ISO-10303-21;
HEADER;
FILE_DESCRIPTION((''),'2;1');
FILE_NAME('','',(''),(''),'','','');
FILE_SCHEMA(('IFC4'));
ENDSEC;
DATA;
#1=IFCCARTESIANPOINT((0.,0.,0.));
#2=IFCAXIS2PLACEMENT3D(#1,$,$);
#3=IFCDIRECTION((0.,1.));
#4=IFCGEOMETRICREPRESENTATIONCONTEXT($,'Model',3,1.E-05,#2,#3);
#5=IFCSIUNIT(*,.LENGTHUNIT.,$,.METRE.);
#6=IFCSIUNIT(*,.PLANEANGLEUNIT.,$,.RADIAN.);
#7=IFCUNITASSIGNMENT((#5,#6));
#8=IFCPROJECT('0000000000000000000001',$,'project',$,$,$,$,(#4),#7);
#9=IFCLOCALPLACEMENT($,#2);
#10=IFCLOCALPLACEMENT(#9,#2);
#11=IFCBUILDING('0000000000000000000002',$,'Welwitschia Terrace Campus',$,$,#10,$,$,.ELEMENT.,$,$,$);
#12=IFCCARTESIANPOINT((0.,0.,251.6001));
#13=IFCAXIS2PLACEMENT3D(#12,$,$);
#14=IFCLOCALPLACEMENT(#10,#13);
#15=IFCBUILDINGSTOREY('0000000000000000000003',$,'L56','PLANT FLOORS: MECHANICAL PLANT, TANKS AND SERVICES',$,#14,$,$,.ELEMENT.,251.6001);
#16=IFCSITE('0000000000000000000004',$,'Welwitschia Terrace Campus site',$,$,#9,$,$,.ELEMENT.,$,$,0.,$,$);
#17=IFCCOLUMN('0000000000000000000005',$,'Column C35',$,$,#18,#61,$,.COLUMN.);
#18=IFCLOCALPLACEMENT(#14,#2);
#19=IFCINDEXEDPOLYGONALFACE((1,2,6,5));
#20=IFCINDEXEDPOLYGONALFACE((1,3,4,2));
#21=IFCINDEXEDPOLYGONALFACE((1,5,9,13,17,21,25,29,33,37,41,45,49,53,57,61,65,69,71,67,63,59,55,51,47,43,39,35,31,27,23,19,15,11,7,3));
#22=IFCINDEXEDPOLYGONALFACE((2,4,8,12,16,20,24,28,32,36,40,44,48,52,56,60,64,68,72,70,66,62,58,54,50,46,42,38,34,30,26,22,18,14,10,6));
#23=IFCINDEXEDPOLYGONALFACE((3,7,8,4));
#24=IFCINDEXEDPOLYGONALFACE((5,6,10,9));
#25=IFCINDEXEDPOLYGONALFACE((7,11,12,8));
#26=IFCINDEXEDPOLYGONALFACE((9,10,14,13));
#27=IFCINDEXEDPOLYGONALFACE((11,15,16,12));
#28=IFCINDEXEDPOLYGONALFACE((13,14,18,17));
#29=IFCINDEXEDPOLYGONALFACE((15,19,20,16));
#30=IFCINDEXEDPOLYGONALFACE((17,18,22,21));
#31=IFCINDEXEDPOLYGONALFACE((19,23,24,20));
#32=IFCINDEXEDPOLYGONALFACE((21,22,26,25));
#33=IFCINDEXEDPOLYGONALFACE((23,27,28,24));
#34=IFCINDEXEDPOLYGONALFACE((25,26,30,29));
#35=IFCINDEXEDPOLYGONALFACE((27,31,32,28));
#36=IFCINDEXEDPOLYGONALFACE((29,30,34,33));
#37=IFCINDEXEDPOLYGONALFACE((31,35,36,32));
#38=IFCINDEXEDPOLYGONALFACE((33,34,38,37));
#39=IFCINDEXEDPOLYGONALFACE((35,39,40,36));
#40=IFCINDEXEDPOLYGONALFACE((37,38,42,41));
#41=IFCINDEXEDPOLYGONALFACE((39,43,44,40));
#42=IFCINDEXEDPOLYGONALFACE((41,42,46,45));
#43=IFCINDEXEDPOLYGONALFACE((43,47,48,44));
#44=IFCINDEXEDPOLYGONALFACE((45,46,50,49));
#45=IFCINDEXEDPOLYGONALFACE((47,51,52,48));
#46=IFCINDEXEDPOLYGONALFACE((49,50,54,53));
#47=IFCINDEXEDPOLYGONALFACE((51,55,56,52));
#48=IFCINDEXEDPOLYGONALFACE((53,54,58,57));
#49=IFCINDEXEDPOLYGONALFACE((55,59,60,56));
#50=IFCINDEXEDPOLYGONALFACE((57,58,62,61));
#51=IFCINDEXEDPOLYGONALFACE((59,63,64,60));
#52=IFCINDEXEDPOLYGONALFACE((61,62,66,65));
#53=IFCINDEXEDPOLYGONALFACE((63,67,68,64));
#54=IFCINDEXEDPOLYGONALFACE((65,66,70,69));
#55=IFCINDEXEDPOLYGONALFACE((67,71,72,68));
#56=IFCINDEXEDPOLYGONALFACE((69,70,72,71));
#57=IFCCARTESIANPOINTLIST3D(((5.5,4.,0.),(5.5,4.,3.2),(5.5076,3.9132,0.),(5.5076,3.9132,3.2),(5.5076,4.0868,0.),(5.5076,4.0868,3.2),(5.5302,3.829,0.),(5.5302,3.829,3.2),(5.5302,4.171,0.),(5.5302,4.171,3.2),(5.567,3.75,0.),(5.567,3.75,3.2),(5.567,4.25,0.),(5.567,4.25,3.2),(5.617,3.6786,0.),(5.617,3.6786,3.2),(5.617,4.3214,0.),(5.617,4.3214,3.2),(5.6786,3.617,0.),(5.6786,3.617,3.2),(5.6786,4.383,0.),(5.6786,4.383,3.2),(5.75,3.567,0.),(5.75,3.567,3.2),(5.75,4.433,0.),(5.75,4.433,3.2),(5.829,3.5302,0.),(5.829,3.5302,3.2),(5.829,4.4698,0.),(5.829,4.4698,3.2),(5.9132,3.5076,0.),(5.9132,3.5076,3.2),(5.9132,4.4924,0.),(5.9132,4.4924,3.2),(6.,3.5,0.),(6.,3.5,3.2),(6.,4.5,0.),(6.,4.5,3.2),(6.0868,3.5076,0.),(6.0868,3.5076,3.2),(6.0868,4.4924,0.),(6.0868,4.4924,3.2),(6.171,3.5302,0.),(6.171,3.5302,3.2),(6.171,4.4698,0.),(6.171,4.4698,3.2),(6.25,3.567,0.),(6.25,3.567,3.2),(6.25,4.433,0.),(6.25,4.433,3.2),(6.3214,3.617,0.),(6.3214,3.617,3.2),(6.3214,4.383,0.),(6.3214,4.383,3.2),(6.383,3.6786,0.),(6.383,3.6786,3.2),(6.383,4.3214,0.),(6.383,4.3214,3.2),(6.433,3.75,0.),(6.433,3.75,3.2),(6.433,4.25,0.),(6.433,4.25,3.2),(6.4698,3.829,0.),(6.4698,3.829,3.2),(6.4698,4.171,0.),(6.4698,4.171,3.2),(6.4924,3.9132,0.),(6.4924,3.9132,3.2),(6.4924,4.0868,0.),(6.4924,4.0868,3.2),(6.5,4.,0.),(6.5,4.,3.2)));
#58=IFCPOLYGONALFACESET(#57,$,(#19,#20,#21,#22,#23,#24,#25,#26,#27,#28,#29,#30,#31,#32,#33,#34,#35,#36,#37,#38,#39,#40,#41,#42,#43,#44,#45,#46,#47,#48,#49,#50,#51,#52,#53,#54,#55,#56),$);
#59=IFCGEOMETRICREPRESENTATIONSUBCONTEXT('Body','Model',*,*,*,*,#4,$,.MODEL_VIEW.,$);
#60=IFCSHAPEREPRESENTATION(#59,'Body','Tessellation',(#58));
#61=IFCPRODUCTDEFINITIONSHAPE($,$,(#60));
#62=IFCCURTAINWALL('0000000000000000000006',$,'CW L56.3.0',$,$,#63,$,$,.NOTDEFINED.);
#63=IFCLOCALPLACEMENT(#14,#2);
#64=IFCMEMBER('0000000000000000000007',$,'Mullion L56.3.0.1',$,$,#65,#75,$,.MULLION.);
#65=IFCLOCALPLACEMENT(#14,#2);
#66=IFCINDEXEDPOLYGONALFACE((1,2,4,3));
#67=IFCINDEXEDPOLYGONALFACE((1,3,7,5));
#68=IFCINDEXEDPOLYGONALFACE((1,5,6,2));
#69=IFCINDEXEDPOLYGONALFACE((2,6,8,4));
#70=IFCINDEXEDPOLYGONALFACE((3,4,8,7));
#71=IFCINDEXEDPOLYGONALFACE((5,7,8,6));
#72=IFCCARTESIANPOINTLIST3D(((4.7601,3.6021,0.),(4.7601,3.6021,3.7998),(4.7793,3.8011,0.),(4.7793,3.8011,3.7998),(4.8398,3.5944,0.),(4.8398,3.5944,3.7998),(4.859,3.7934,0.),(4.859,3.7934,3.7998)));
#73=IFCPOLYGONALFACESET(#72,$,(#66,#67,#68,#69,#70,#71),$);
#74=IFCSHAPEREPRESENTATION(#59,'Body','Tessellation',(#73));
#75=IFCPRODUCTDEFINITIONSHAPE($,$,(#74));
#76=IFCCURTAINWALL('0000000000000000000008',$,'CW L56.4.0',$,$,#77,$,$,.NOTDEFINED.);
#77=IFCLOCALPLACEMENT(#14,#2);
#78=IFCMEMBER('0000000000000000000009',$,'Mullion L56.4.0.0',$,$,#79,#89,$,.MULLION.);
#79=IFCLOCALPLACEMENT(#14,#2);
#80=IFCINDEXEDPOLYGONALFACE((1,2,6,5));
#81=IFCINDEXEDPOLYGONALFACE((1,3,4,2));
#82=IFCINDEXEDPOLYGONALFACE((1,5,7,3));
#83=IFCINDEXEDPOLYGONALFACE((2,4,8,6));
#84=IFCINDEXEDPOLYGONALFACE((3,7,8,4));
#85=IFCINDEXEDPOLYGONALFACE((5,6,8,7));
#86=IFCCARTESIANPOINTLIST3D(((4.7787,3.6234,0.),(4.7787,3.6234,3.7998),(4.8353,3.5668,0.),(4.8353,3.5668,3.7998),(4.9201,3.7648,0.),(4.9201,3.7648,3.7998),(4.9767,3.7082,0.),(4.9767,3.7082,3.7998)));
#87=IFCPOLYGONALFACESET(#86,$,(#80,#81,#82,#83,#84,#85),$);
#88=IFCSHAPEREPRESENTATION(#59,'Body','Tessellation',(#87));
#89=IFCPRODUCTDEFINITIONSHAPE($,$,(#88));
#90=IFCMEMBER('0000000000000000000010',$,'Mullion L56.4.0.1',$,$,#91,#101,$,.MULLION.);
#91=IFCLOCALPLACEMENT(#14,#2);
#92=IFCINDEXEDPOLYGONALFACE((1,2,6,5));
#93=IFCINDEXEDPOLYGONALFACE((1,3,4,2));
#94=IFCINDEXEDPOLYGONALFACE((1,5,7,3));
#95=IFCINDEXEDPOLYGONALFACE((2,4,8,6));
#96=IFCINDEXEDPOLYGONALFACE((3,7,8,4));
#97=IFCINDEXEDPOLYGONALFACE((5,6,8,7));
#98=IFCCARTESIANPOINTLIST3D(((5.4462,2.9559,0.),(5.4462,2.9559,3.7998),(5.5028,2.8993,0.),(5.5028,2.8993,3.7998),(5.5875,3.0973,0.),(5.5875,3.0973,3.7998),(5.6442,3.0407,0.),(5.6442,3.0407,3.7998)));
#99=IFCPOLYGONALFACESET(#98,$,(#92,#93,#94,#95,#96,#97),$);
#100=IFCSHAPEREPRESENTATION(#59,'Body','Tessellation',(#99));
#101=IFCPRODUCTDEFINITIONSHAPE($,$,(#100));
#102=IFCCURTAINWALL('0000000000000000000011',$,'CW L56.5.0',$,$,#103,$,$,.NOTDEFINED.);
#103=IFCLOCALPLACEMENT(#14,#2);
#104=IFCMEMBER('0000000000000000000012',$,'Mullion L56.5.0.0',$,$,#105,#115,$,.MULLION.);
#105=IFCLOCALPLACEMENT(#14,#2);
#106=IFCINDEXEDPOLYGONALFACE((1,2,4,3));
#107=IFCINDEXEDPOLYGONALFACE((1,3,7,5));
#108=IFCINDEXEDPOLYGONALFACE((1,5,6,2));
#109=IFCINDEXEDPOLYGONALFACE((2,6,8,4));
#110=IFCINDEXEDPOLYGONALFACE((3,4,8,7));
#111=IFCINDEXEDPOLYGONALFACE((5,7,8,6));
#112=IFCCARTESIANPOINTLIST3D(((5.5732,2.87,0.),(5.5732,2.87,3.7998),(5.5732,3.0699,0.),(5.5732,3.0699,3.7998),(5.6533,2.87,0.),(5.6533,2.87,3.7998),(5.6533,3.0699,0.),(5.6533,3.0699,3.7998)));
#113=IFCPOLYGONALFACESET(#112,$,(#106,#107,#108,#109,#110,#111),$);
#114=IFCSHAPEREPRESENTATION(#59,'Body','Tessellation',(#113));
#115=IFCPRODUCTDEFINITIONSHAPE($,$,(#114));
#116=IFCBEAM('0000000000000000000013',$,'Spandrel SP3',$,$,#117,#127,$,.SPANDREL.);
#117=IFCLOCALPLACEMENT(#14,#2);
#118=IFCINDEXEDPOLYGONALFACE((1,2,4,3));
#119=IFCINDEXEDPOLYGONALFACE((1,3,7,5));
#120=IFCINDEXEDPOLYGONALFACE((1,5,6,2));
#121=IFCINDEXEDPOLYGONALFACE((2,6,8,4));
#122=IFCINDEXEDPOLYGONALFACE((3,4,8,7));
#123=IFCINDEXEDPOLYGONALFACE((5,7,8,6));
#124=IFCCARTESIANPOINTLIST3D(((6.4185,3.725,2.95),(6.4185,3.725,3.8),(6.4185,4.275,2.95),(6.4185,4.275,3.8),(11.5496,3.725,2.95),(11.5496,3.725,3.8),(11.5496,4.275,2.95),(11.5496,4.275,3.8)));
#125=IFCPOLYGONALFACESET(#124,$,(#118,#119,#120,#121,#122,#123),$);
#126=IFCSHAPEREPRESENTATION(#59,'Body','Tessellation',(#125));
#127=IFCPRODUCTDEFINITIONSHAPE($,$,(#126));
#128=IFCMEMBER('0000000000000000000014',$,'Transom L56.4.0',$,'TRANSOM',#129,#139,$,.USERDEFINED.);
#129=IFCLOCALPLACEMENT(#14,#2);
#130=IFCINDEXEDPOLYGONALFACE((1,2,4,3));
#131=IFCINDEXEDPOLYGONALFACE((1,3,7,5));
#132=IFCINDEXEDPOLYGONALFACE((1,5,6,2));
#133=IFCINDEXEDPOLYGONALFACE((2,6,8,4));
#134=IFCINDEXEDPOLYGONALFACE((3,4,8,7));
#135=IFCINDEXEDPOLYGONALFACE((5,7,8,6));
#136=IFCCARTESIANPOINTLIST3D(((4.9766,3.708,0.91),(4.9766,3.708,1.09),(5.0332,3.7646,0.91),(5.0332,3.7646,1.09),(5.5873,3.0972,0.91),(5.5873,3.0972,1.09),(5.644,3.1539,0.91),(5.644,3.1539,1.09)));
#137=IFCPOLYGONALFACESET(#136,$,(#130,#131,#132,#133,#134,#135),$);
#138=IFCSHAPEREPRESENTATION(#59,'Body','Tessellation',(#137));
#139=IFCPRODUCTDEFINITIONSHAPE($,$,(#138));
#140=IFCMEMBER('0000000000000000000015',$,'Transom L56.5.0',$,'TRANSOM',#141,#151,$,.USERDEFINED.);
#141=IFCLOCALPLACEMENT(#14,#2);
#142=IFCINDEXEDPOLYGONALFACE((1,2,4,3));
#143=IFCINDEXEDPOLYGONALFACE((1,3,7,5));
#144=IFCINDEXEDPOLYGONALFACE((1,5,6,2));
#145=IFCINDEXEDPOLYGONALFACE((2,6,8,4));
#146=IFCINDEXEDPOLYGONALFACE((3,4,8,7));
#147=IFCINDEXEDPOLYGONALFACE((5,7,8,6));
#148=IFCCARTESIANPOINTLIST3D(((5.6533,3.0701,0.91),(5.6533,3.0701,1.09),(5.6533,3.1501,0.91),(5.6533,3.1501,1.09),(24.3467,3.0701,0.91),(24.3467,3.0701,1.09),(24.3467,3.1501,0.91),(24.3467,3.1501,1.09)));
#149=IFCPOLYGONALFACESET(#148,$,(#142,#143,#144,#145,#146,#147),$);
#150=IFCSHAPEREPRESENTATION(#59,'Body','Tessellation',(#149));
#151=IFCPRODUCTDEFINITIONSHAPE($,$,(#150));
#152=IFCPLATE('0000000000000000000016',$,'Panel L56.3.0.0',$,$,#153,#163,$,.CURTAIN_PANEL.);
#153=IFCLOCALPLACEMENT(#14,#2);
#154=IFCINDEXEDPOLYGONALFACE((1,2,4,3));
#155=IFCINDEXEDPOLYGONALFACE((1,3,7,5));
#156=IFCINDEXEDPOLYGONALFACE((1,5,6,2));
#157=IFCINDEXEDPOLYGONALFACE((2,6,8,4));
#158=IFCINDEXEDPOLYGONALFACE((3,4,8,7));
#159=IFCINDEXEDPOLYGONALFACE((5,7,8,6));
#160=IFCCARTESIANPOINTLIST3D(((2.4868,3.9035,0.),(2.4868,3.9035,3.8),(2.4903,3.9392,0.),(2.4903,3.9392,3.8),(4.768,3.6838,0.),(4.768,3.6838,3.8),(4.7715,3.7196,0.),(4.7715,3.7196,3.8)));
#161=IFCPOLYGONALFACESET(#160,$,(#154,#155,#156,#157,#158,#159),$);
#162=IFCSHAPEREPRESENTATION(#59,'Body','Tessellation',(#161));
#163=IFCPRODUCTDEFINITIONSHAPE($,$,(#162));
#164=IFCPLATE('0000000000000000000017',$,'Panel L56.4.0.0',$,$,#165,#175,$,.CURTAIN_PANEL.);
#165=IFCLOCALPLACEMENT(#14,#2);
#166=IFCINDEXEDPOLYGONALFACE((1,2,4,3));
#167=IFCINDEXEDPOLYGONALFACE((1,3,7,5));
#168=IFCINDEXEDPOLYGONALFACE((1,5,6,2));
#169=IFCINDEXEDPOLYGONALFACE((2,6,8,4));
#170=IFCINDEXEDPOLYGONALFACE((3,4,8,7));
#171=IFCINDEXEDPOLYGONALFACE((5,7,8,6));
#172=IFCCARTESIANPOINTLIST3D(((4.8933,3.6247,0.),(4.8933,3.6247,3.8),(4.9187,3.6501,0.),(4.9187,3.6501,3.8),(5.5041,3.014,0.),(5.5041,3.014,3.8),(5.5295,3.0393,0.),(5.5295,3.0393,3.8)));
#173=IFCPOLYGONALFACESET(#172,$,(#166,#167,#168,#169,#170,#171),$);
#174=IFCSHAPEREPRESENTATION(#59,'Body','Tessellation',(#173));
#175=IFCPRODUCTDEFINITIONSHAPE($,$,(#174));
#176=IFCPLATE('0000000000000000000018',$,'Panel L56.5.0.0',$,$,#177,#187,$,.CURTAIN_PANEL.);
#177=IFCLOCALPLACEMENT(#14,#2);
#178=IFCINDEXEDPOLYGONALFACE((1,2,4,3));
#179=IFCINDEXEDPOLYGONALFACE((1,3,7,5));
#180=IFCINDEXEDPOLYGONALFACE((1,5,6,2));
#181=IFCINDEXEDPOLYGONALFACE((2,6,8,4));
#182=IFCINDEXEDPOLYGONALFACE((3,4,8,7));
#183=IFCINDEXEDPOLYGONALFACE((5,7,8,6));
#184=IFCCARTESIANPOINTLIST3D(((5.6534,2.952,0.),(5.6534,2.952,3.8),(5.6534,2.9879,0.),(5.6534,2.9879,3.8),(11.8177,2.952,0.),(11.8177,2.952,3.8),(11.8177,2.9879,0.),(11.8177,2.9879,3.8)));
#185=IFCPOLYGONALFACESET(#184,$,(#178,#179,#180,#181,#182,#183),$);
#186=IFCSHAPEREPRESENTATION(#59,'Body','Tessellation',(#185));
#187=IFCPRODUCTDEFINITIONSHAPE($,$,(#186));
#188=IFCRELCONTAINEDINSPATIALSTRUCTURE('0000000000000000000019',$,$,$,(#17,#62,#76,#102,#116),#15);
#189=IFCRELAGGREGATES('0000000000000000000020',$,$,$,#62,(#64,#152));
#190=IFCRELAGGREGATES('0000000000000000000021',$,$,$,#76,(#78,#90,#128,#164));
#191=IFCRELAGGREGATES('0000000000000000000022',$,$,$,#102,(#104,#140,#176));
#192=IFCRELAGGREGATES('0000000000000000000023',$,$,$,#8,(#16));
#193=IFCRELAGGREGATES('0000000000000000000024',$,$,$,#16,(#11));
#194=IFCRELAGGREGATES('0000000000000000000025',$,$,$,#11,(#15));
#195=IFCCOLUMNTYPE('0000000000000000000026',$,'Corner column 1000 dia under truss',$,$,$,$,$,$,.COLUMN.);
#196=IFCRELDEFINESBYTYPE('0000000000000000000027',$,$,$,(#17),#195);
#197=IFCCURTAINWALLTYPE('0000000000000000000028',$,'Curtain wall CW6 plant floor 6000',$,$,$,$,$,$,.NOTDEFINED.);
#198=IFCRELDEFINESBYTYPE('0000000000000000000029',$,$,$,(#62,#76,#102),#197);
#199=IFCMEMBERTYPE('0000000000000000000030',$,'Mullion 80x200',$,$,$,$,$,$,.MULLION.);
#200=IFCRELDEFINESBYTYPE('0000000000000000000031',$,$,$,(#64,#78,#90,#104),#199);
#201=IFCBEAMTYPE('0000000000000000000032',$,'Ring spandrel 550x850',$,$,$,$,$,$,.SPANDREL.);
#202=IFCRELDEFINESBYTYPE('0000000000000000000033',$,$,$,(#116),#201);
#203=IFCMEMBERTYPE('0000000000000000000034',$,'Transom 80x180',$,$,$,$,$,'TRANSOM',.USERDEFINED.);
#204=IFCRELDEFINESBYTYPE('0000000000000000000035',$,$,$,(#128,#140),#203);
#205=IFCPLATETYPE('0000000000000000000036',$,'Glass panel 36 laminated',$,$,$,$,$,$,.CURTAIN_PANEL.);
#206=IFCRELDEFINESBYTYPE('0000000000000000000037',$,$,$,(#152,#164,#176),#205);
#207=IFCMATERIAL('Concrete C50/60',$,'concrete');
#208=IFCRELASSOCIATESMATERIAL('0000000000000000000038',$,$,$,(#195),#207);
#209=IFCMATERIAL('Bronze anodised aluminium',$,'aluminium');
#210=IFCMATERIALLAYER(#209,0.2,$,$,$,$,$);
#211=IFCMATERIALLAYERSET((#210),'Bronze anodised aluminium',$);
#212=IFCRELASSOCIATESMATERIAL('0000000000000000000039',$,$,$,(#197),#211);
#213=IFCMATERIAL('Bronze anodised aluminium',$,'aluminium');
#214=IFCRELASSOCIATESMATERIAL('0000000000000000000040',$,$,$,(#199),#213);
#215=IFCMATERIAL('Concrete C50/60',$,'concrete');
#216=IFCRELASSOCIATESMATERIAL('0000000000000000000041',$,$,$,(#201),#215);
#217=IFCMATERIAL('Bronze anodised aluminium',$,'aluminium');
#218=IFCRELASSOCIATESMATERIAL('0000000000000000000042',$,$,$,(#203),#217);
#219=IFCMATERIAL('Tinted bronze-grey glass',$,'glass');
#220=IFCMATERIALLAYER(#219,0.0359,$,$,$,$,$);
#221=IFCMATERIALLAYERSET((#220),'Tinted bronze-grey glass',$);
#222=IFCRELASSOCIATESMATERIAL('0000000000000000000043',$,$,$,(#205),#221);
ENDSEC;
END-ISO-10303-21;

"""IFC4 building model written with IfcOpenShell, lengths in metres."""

from ifc_helpers import new_model, si_unit, direction, frame, origin, origin_2d, place, context, subcontext, project, spatial, rectangle, circle, extrude, material, layer, layer_set, material_profile, profile_set, type_object, element, aggregate, save


model = new_model("IFC4")

# Units and contexts
model_context = context("Model", 3, precision=1e-05, world=origin(), true_north=direction((0.0, 1.0)))
body_context = subcontext(model_context, "Body", "Model", "MODEL_VIEW")
ifc_project = project(units=[si_unit("LENGTHUNIT", "METRE"), si_unit("PLANEANGLEUNIT", "RADIAN")], contexts=[model_context])

# Site, building, storey
site_placement = place(None, origin())
site = spatial("IfcSite", under=ifc_project, at=site_placement, Name="Welwitschia Terrace Campus site", CompositionType="ELEMENT", RefElevation=0.0)
building_placement = place(site_placement, origin())
building = spatial("IfcBuilding", under=site, at=building_placement, Name="Welwitschia Terrace Campus", CompositionType="ELEMENT")
storey_placement = place(building_placement, frame((0.0, 0.0, 251.6001)))
storey = spatial("IfcBuildingStorey", under=building, at=storey_placement, Name="L56", Description="PLANT FLOORS: MECHANICAL PLANT, TANKS AND SERVICES", CompositionType="ELEMENT", Elevation=251.6001)

# Column
ifc_material_1 = material(Name="Concrete C50/60", Category="concrete")
ifc_material_profile_1 = material_profile(ifc_material_1, circle(Radius=0.5, at=origin_2d()))
ifc_profile_set_1 = profile_set([ifc_material_profile_1], Name="Concrete C50/60")
column_type = type_object("IfcColumnType", Name="Corner column 1000 dia under truss", PredefinedType="COLUMN", material=ifc_profile_set_1)
column_placement = place(storey_placement, frame((6.0, 4.0, 0.0), z_axis=(0.0, 0.0, 1.0), x_axis=(1.0, 0.0, 0.0)))
element("IfcColumn", 1, at=column_placement, inside=storey, type_object=column_type, Name="Column C35", PredefinedType="COLUMN", context=body_context, shape_type="SweptSolid", body=[
    extrude(circle(Radius=0.5, at=origin_2d()), origin(), (0.0, 0.0, 1.0), 3.2),
])

# Curtain wall, member
ifc_material_2 = material(Name="Bronze anodised aluminium", Category="aluminium")
ifc_layer_1 = layer(ifc_material_2, 0.2)
ifc_layer_set_1 = layer_set([ifc_layer_1], Name="Bronze anodised aluminium")
curtain_wall_type = type_object("IfcCurtainWallType", Name="Curtain wall CW6 plant floor 6000", PredefinedType="NOTDEFINED", material=ifc_layer_set_1)
curtain_wall_1_placement = place(storey_placement, origin())
curtain_wall_1 = element("IfcCurtainWall", 2, at=curtain_wall_1_placement, inside=storey, type_object=curtain_wall_type, Name="CW L56.3.0", PredefinedType="NOTDEFINED")
ifc_material_3 = material(Name="Bronze anodised aluminium", Category="aluminium")
ifc_material_profile_2 = material_profile(ifc_material_3, rectangle(XDim=0.2, YDim=0.0801, at=origin_2d()))
ifc_profile_set_2 = profile_set([ifc_material_profile_2], Name="Bronze anodised aluminium")
member_type_1 = type_object("IfcMemberType", Name="Mullion 80x200", PredefinedType="MULLION", material=ifc_profile_set_2)
member_1_placement = place(storey_placement, frame((4.8096, 3.6978, 0.0), z_axis=(0.0, 0.0, 1.0), x_axis=(0.095846, 0.995396, 0.0)))
member_1 = element("IfcMember", 3, at=member_1_placement, type_object=member_type_1, Name="Mullion L56.3.0.1", PredefinedType="MULLION", context=body_context, shape_type="SweptSolid", body=[
    extrude(rectangle(XDim=0.2, YDim=0.0801, at=origin_2d()), origin(), (0.0, 0.0, 1.0), 3.7998),
])

# Curtain wall, members
curtain_wall_2_placement = place(storey_placement, origin())
curtain_wall_2 = element("IfcCurtainWall", 4, at=curtain_wall_2_placement, inside=storey, type_object=curtain_wall_type, Name="CW L56.4.0", PredefinedType="NOTDEFINED")
member_2_placement = place(storey_placement, frame((4.8777, 3.6658, 0.0), z_axis=(0.0, 0.0, 1.0), x_axis=(0.707107, 0.707107, 0.0)))
member_2 = element("IfcMember", 5, at=member_2_placement, type_object=member_type_1, Name="Mullion L56.4.0.0", PredefinedType="MULLION", context=body_context, shape_type="SweptSolid", body=[
    extrude(rectangle(XDim=0.2, YDim=0.0801, at=origin_2d()), origin(), (0.0, 0.0, 1.0), 3.7998),
])
member_3_placement = place(storey_placement, frame((5.5452, 2.9983, 0.0), z_axis=(0.0, 0.0, 1.0), x_axis=(0.707107, 0.707107, 0.0)))
member_3 = element("IfcMember", 6, at=member_3_placement, type_object=member_type_1, Name="Mullion L56.4.0.1", PredefinedType="MULLION", context=body_context, shape_type="SweptSolid", body=[
    extrude(rectangle(XDim=0.2, YDim=0.0801, at=origin_2d()), origin(), (0.0, 0.0, 1.0), 3.7998),
])

# Curtain wall, member
curtain_wall_3_placement = place(storey_placement, origin())
curtain_wall_3 = element("IfcCurtainWall", 7, at=curtain_wall_3_placement, inside=storey, type_object=curtain_wall_type, Name="CW L56.5.0", PredefinedType="NOTDEFINED")
member_4_placement = place(storey_placement, frame((5.6133, 2.97, 0.0), z_axis=(0.0, 0.0, 1.0), x_axis=(0.0, 1.0, 0.0)))
member_4 = element("IfcMember", 8, at=member_4_placement, type_object=member_type_1, Name="Mullion L56.5.0.0", PredefinedType="MULLION", context=body_context, shape_type="SweptSolid", body=[
    extrude(rectangle(XDim=0.2, YDim=0.0801, at=origin_2d()), origin(), (0.0, 0.0, 1.0), 3.7998),
])

# Beam
ifc_material_4 = material(Name="Concrete C50/60", Category="concrete")
ifc_material_profile_3 = material_profile(ifc_material_4, rectangle(XDim=0.55, YDim=0.8501, at=origin_2d()))
ifc_profile_set_3 = profile_set([ifc_material_profile_3], Name="Concrete C50/60")
beam_type = type_object("IfcBeamType", Name="Ring spandrel 550x850", PredefinedType="SPANDREL", material=ifc_profile_set_3)
beam_placement = place(storey_placement, frame((6.4185, 4.0, 3.375), z_axis=(1.0, 0.0, 0.0), x_axis=(0.0, 1.0, 0.0)))
element("IfcBeam", 9, at=beam_placement, inside=storey, type_object=beam_type, Name="Spandrel SP3", PredefinedType="SPANDREL", context=body_context, shape_type="SweptSolid", body=[
    extrude(rectangle(XDim=0.55, YDim=0.8501, at=origin_2d()), origin(), (0.0, 0.0, 1.0), 5.1311),
])

# Members
ifc_material_5 = material(Name="Bronze anodised aluminium", Category="aluminium")
ifc_material_profile_4 = material_profile(ifc_material_5, rectangle(XDim=0.0801, YDim=0.1799, at=origin_2d()))
ifc_profile_set_4 = profile_set([ifc_material_profile_4], Name="Bronze anodised aluminium")
member_type_2 = type_object("IfcMemberType", Name="Transom 80x180", ElementType="TRANSOM", PredefinedType="USERDEFINED", material=ifc_profile_set_4)
member_5_placement = place(storey_placement, frame((5.0049, 3.7363, 1.0), z_axis=(0.707107, -0.707107, 0.0), x_axis=(0.707107, 0.707107, 0.0)))
member_5 = element("IfcMember", 10, at=member_5_placement, type_object=member_type_2, Name="Transom L56.4.0", ObjectType="TRANSOM", PredefinedType="USERDEFINED", context=body_context, shape_type="SweptSolid", body=[
    extrude(rectangle(XDim=0.0801, YDim=0.1799, at=origin_2d()), origin(), (0.0, 0.0, 1.0), 0.8638),
])
member_6_placement = place(storey_placement, frame((5.6533, 3.1101, 1.0), z_axis=(1.0, 0.0, 0.0), x_axis=(0.0, 1.0, 0.0)))
member_6 = element("IfcMember", 11, at=member_6_placement, type_object=member_type_2, Name="Transom L56.5.0", ObjectType="TRANSOM", PredefinedType="USERDEFINED", context=body_context, shape_type="SweptSolid", body=[
    extrude(rectangle(XDim=0.0801, YDim=0.1799, at=origin_2d()), origin(), (0.0, 0.0, 1.0), 18.6934),
])

# Plates
ifc_material_6 = material(Name="Tinted bronze-grey glass", Category="glass")
ifc_layer_2 = layer(ifc_material_6, 0.0359)
ifc_layer_set_2 = layer_set([ifc_layer_2], Name="Tinted bronze-grey glass")
plate_type = type_object("IfcPlateType", Name="Glass panel 36 laminated", PredefinedType="CURTAIN_PANEL", material=ifc_layer_set_2)
plate_1_placement = place(storey_placement, frame((3.6292, 3.8115, 0.0), z_axis=(0.0, 0.0, 1.0), x_axis=(0.995396, -0.095846, 0.0)))
plate_1 = element("IfcPlate", 12, at=plate_1_placement, type_object=plate_type, Name="Panel L56.3.0.0", PredefinedType="CURTAIN_PANEL", context=body_context, shape_type="SweptSolid", body=[
    extrude(rectangle(XDim=2.2917, YDim=0.0359, at=origin_2d()), origin(), (0.0, 0.0, 1.0), 3.8),
])
aggregate(curtain_wall_1, [member_1, plate_1])
plate_2_placement = place(storey_placement, frame((5.2114, 3.332, 0.0), z_axis=(0.0, 0.0, 1.0), x_axis=(0.707107, -0.707107, 0.0)))
plate_2 = element("IfcPlate", 13, at=plate_2_placement, type_object=plate_type, Name="Panel L56.4.0.0", PredefinedType="CURTAIN_PANEL", context=body_context, shape_type="SweptSolid", body=[
    extrude(rectangle(XDim=0.8638, YDim=0.0359, at=origin_2d()), origin(), (0.0, 0.0, 1.0), 3.8),
])
aggregate(curtain_wall_2, [member_2, member_3, member_5, plate_2])
plate_3_placement = place(storey_placement, frame((8.7356, 2.97, 0.0), z_axis=(0.0, 0.0, 1.0), x_axis=(1.0, 0.0, 0.0)))
plate_3 = element("IfcPlate", 14, at=plate_3_placement, type_object=plate_type, Name="Panel L56.5.0.0", PredefinedType="CURTAIN_PANEL", context=body_context, shape_type="SweptSolid", body=[
    extrude(rectangle(XDim=6.1643, YDim=0.0359, at=origin_2d()), origin(), (0.0, 0.0, 1.0), 3.8),
])
aggregate(curtain_wall_3, [member_4, member_6, plate_3])

save(model, "model.ifc")
